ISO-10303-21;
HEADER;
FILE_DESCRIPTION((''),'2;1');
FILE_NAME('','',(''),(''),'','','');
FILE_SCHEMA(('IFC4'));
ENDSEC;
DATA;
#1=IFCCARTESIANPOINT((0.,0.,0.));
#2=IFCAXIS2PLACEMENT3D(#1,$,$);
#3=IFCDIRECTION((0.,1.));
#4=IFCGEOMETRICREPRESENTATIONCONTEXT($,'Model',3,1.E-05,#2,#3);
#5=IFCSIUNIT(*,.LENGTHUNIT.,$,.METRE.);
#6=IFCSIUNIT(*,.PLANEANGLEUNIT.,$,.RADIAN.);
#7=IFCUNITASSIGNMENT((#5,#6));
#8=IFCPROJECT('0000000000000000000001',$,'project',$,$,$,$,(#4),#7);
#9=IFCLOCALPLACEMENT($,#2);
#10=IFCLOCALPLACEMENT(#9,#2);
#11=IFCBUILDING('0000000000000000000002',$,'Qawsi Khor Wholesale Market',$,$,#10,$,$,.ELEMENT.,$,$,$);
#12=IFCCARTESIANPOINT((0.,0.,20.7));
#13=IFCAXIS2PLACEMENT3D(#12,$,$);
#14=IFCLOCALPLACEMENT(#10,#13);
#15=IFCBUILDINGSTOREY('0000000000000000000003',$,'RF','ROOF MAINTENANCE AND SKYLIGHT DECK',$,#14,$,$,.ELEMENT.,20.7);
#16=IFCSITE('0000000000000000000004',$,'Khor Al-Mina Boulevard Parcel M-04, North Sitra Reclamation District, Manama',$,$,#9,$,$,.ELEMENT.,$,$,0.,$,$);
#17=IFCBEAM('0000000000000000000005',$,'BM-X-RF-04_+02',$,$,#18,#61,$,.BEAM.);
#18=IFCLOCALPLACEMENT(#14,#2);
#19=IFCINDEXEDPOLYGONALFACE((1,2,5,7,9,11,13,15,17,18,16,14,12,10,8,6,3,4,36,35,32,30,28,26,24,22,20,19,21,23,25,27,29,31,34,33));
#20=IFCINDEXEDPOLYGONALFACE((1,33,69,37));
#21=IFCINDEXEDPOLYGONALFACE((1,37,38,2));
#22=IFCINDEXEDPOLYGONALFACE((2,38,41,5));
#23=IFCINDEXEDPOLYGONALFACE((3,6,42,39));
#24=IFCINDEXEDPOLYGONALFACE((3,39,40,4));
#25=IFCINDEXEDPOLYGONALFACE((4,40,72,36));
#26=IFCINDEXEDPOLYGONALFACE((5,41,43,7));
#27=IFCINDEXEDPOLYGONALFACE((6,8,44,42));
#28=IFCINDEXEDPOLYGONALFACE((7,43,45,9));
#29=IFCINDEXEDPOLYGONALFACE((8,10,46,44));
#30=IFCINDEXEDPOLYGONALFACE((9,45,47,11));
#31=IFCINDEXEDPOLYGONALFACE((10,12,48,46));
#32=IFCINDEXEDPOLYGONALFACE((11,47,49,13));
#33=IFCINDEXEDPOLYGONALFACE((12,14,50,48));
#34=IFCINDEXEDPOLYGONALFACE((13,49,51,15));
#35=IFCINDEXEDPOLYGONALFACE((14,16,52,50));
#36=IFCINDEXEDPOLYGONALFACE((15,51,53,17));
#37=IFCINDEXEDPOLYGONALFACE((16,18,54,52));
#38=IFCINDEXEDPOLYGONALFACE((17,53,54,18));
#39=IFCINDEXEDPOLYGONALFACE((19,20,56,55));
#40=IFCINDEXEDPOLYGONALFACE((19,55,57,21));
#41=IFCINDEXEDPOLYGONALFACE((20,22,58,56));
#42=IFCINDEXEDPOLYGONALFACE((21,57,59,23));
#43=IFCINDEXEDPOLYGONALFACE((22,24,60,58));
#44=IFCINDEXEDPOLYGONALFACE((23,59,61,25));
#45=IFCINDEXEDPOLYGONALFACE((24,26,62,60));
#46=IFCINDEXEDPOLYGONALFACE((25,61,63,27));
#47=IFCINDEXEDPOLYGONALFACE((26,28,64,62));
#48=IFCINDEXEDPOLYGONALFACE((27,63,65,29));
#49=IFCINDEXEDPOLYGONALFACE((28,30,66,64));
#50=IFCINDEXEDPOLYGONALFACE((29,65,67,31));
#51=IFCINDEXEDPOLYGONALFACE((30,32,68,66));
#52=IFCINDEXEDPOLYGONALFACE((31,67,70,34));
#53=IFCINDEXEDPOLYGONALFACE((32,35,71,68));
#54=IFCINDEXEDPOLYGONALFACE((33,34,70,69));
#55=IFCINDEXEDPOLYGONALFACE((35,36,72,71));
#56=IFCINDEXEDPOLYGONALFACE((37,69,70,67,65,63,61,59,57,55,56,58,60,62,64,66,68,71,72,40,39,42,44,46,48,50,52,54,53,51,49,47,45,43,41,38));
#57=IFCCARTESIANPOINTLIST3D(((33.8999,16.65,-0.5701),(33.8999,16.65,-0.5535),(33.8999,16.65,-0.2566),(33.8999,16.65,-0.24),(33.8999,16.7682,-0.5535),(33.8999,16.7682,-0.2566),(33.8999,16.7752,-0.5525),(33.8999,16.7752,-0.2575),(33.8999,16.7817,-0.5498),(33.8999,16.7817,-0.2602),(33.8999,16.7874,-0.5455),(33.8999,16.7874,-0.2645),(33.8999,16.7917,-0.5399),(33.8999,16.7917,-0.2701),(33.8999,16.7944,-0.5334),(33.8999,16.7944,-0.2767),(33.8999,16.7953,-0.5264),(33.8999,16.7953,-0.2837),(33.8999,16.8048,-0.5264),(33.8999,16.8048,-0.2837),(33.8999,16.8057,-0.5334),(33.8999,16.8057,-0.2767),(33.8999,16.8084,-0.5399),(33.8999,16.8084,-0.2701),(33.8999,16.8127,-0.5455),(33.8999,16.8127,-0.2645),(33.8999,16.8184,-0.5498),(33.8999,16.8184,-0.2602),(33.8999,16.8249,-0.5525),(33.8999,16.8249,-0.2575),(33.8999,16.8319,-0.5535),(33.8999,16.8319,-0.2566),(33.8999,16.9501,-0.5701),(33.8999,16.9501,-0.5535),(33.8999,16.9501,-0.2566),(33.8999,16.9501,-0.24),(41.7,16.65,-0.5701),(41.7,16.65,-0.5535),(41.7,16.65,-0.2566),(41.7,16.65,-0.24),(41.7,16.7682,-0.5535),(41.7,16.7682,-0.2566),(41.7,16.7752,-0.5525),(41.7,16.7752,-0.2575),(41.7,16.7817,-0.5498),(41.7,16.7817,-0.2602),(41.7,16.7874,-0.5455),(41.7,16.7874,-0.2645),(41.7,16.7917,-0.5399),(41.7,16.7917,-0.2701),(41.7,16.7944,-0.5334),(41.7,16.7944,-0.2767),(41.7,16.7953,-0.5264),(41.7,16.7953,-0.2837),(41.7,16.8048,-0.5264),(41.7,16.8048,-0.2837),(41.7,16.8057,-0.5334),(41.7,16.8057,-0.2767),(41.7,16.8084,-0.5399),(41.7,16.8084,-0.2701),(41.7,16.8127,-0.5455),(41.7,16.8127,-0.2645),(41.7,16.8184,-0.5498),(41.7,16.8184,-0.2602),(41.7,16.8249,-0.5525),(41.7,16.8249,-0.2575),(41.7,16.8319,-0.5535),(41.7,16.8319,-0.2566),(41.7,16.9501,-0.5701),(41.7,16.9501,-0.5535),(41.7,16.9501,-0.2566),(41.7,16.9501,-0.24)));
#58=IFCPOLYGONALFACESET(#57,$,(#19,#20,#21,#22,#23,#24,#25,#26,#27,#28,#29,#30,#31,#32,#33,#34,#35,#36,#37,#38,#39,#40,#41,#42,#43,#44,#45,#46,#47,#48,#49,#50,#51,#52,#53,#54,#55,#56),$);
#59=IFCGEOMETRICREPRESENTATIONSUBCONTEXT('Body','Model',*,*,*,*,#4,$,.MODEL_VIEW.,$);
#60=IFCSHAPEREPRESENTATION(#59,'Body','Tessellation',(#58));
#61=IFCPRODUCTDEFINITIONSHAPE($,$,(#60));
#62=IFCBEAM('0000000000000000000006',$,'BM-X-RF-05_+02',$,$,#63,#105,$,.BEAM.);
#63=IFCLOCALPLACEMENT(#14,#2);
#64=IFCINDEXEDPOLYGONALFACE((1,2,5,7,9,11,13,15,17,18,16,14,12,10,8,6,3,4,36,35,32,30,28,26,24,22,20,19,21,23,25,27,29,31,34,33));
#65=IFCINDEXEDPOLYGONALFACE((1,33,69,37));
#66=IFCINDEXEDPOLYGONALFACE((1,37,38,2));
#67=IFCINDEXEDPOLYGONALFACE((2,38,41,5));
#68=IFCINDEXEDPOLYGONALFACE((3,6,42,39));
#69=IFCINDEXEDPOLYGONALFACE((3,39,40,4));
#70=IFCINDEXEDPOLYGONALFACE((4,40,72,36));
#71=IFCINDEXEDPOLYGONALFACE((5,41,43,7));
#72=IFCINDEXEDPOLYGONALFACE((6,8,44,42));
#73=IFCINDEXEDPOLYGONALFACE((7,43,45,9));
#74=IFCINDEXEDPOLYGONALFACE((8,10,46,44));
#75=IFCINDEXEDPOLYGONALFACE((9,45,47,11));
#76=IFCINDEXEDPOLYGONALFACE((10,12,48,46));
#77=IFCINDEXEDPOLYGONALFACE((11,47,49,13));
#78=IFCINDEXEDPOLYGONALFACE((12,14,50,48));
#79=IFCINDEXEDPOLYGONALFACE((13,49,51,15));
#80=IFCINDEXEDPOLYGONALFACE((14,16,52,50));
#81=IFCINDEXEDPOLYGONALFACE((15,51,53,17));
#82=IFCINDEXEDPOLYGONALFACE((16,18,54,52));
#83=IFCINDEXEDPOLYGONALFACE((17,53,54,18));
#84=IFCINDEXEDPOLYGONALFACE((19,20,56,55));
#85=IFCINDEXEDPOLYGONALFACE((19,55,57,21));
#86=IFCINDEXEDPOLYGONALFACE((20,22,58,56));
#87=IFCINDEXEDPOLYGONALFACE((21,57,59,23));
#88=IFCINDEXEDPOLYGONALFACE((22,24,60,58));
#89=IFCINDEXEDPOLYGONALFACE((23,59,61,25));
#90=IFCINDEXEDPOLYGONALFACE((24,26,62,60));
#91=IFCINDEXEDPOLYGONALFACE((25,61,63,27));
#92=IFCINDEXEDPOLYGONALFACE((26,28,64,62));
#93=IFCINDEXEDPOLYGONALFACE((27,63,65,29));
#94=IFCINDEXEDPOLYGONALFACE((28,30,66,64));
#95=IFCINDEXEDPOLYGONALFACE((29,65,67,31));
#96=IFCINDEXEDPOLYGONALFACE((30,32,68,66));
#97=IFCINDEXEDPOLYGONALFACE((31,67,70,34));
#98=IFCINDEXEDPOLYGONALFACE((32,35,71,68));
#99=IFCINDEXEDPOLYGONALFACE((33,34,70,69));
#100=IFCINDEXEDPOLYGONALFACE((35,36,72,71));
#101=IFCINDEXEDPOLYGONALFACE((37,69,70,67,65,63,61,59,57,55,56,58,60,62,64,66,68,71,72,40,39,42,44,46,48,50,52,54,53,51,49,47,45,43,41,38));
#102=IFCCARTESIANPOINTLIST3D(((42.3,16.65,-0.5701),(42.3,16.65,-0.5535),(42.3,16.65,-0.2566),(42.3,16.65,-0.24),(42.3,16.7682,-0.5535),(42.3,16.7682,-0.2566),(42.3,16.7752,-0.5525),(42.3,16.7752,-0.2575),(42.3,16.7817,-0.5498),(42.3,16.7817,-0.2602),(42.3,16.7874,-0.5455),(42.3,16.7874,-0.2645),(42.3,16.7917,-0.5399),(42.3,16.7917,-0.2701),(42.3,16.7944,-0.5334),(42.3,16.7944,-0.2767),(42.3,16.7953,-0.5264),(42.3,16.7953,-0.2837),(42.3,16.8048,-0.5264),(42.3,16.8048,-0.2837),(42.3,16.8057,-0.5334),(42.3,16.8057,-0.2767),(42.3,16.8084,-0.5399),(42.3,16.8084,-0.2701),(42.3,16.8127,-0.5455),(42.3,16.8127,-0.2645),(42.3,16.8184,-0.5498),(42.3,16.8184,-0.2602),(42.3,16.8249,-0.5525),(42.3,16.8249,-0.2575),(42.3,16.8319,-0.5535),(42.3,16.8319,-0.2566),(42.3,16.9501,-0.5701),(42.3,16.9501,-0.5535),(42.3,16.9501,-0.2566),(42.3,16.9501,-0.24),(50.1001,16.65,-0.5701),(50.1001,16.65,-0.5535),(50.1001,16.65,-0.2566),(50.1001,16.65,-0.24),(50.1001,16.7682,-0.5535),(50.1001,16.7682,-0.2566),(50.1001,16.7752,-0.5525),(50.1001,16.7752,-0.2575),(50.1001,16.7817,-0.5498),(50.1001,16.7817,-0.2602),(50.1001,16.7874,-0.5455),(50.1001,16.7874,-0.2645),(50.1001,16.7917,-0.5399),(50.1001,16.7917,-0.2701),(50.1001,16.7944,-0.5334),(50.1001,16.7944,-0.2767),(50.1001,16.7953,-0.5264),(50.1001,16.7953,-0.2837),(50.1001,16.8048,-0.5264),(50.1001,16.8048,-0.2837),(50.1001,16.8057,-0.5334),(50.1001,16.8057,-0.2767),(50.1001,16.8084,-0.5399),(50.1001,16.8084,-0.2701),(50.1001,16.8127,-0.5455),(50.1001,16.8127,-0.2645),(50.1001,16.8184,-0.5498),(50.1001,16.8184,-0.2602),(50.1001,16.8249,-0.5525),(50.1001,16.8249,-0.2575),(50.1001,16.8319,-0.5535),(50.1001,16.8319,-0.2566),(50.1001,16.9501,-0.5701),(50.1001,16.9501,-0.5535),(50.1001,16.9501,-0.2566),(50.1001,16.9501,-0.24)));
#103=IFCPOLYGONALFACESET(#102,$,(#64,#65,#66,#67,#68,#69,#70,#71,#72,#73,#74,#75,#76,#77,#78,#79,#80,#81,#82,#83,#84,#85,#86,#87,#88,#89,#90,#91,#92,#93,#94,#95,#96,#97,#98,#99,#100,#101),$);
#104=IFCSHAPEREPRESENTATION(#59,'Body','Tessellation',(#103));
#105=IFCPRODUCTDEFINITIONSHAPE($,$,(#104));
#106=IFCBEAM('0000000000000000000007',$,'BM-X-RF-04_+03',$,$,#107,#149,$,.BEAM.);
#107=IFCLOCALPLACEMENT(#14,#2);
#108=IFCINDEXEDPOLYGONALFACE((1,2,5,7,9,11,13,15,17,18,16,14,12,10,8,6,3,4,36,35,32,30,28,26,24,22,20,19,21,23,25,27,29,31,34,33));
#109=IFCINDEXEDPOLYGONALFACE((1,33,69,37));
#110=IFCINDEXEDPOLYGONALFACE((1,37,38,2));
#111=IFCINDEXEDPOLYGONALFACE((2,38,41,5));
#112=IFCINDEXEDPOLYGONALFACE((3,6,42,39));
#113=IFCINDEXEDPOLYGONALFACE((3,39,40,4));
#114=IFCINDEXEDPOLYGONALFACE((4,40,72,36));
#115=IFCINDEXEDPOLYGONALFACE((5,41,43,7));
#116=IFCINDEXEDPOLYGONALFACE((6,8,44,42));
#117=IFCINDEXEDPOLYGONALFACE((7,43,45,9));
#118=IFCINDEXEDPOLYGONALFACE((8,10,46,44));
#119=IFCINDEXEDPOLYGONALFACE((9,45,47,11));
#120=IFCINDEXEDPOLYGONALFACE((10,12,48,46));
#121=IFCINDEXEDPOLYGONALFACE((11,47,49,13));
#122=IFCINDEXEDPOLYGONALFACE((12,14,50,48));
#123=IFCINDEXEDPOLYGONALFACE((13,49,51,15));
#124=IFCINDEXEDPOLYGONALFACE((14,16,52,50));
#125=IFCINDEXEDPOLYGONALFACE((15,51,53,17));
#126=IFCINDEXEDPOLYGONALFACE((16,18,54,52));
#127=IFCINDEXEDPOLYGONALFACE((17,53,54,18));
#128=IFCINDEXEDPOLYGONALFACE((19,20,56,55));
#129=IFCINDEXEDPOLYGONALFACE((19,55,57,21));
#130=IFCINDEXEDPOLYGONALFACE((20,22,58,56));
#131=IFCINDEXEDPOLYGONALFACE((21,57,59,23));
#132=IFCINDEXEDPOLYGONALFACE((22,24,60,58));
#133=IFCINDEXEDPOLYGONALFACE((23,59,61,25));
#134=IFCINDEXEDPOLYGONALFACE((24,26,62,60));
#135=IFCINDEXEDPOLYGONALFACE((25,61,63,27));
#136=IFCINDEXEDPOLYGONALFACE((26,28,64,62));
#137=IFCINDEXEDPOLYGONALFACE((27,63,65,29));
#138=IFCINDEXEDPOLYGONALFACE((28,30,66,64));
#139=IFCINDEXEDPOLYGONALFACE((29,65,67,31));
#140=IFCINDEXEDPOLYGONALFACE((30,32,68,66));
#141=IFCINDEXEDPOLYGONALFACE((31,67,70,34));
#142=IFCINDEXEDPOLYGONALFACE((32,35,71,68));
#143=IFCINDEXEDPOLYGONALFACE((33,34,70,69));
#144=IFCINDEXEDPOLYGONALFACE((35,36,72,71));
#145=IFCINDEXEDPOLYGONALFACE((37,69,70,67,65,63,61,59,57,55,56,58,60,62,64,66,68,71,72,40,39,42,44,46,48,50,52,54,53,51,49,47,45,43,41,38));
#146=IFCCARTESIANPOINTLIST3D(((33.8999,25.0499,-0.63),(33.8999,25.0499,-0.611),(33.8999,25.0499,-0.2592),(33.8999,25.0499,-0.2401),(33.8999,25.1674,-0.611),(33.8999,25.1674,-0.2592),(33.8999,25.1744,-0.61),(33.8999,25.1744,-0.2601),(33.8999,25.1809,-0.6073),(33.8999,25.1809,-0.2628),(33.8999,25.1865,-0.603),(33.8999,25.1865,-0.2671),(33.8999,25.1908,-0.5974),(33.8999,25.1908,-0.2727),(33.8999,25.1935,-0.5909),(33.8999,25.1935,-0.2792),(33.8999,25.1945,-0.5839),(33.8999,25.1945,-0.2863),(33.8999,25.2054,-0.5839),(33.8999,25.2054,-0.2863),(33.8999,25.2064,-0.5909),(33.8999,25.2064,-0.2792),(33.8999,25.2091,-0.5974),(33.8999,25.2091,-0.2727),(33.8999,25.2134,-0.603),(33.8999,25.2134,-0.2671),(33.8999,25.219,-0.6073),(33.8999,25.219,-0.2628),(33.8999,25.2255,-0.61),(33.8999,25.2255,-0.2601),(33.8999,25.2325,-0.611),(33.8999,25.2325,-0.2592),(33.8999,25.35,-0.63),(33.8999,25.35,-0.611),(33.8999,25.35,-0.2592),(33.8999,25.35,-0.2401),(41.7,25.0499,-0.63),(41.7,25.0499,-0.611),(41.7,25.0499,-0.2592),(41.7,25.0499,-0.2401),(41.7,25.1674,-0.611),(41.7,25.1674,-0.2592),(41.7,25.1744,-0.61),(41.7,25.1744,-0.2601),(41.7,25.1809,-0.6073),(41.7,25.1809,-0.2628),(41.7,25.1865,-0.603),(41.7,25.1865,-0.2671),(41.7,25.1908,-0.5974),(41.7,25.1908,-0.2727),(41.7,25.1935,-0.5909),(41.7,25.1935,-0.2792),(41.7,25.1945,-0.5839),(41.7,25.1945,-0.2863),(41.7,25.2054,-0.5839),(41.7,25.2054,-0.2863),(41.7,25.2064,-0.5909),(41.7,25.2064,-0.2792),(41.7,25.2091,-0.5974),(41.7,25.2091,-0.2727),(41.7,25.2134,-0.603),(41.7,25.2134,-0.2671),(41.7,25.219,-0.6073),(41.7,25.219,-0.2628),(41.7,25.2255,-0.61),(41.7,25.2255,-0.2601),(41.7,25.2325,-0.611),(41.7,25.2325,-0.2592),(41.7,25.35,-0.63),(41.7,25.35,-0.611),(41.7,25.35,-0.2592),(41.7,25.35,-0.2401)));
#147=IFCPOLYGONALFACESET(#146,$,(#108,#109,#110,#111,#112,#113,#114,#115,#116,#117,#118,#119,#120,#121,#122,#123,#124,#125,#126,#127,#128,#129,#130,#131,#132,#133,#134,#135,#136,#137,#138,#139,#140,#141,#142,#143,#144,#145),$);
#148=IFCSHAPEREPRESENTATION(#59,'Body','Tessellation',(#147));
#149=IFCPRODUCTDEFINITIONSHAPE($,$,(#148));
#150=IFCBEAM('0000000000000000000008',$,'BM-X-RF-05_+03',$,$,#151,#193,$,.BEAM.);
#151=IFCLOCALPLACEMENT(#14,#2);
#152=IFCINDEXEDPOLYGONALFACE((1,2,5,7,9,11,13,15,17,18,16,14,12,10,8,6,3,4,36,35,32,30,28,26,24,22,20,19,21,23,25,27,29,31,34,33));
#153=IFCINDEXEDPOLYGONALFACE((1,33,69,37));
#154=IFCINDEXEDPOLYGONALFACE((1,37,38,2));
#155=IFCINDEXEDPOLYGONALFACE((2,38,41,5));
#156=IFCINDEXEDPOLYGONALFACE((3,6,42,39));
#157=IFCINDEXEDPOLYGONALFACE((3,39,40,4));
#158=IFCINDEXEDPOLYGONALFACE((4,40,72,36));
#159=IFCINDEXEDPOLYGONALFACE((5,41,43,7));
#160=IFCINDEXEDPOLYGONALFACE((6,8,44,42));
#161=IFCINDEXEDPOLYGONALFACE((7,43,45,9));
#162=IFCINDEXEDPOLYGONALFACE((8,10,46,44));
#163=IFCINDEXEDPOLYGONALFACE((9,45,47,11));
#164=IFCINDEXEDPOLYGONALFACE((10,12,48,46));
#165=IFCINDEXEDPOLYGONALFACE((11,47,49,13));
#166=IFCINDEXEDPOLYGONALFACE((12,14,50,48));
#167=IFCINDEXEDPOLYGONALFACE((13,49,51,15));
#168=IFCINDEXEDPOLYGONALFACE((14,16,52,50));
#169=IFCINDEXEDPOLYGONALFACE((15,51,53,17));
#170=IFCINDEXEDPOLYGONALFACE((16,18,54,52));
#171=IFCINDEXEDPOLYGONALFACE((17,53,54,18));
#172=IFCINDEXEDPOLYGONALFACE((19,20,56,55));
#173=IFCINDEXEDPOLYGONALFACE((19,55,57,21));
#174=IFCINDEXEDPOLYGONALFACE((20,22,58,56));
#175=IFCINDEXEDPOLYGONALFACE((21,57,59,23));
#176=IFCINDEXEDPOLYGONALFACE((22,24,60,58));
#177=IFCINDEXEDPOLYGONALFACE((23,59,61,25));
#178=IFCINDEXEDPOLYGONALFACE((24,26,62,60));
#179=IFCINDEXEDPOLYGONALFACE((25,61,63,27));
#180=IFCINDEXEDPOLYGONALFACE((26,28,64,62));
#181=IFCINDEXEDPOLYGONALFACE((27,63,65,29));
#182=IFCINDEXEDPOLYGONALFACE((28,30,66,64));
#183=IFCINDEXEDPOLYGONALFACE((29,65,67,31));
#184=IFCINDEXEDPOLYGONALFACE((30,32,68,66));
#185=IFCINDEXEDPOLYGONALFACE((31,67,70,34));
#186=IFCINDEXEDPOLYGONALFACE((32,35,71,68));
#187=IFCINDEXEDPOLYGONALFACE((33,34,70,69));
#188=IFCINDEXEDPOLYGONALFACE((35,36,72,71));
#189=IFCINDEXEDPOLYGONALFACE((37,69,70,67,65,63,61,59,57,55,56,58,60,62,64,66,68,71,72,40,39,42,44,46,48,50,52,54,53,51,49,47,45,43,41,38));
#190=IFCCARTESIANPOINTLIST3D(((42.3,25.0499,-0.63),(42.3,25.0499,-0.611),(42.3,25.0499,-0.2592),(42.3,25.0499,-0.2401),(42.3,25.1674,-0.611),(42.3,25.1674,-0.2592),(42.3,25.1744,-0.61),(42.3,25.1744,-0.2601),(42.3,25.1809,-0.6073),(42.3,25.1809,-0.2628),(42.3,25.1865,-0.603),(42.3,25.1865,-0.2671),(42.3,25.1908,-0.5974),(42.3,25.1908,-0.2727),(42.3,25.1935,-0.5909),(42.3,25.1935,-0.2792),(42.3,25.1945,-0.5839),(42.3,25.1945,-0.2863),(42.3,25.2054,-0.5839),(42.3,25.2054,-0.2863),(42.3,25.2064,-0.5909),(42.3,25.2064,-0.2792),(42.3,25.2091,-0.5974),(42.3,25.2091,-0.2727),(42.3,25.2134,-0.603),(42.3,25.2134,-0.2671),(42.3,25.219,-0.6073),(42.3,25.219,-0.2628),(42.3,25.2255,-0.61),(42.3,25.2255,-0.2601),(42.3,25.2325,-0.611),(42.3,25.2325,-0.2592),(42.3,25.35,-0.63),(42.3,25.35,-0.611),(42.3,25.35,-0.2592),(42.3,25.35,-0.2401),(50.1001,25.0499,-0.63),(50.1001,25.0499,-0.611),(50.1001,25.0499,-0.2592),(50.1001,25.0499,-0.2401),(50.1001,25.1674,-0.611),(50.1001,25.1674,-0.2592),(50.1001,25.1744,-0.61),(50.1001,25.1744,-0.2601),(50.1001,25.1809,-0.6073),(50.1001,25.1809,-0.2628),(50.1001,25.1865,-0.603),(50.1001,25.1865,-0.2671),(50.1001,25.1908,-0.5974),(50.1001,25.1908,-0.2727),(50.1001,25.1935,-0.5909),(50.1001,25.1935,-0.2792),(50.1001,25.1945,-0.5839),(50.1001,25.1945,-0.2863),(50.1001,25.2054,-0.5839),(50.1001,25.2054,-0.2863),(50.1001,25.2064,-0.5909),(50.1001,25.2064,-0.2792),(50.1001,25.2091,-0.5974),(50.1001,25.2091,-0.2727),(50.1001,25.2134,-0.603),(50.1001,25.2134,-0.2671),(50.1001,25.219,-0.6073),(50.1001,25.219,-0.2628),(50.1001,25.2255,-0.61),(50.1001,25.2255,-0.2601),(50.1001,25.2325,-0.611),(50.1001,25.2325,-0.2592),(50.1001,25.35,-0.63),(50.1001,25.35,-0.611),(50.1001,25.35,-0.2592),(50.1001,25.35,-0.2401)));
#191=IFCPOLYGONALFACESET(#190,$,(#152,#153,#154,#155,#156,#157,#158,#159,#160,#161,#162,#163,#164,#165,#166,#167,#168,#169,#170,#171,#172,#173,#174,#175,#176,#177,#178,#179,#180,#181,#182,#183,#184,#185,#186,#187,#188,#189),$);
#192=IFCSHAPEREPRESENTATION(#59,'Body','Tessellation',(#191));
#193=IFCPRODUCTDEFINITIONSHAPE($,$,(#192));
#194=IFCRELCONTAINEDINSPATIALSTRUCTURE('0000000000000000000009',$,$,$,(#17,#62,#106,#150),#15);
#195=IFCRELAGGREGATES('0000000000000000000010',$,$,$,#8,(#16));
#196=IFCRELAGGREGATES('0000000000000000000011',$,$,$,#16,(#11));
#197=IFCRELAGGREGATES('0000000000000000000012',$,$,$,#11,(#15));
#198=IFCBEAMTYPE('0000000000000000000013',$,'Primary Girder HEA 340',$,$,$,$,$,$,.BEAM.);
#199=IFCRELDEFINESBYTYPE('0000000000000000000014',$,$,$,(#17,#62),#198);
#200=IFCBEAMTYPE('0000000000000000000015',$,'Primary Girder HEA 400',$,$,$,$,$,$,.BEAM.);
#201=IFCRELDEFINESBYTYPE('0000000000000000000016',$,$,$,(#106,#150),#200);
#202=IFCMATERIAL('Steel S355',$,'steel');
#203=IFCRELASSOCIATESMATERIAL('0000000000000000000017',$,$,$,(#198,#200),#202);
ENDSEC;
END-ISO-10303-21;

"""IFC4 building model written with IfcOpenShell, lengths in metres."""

from ifc_helpers import new_model, si_unit, direction, frame, origin, origin_2d, place, context, subcontext, project, spatial, i_section, extrude, material, material_profile, profile_set, type_object, element, save


model = new_model("IFC4")

# Units and contexts
model_context = context("Model", 3, precision=1e-05, world=origin(), true_north=direction((0.0, 1.0)))
body_context = subcontext(model_context, "Body", "Model", "MODEL_VIEW")
ifc_project = project(units=[si_unit("LENGTHUNIT", "METRE"), si_unit("PLANEANGLEUNIT", "RADIAN")], contexts=[model_context])

# Site, building, storey
site_placement = place(None, origin())
site = spatial("IfcSite", under=ifc_project, at=site_placement, Name="Khor Al-Mina Boulevard Parcel M-04, North Sitra Reclamation District, Manama", CompositionType="ELEMENT", RefElevation=0.0)
building_placement = place(site_placement, origin())
building = spatial("IfcBuilding", under=site, at=building_placement, Name="Qawsi Khor Wholesale Market", CompositionType="ELEMENT")
storey_placement = place(building_placement, frame((0.0, 0.0, 20.7)))
storey = spatial("IfcBuildingStorey", under=building, at=storey_placement, Name="RF", Description="ROOF MAINTENANCE AND SKYLIGHT DECK", CompositionType="ELEMENT", Elevation=20.7)

# Shared definitions
ifc_material_1 = material(Name="Steel S355", Category="steel")

# Beams
ifc_material_profile_1 = material_profile(ifc_material_1, i_section(OverallWidth=0.3, OverallDepth=0.3301, WebThickness=0.0095, FlangeThickness=0.0166, FilletRadius=0.0271, at=origin_2d()), Name="HEA 340")
ifc_profile_set_1 = profile_set([ifc_material_profile_1], Name="Steel S355")
beam_type_1 = type_object("IfcBeamType", Name="Primary Girder HEA 340", PredefinedType="BEAM", material=ifc_profile_set_1)
for number, where, z_axis, x_axis, name in (
    (1, (33.8999, 16.8, -0.405), (1.0, 0.0, 0.0), (0.0, 1.0, 0.0), "BM-X-RF-04_+02"),
    (2, (42.3, 16.8, -0.405), (1.0, 0.0, 0.0), (0.0, 1.0, 0.0), "BM-X-RF-05_+02"),
):
    element("IfcBeam", number, at=place(storey_placement, frame(where, z_axis=z_axis, x_axis=x_axis)), inside=storey, type_object=beam_type_1, Name=name, PredefinedType="BEAM", context=body_context, shape_type="SweptSolid", body=[
        extrude(i_section(OverallWidth=0.3, OverallDepth=0.3301, WebThickness=0.0095, FlangeThickness=0.0166, FilletRadius=0.0271, at=origin_2d()), origin(), (0.0, 0.0, 1.0), 7.8),
    ])
ifc_material_profile_2 = material_profile(ifc_material_1, i_section(OverallWidth=0.3, OverallDepth=0.3899, WebThickness=0.011, FlangeThickness=0.019, FilletRadius=0.0271, at=origin_2d()), Name="HEA 400")
ifc_profile_set_2 = profile_set([ifc_material_profile_2], Name="Steel S355")
beam_type_2 = type_object("IfcBeamType", Name="Primary Girder HEA 400", PredefinedType="BEAM", material=ifc_profile_set_2)
for number, where, z_axis, x_axis, name in (
    (3, (33.8999, 25.2, -0.4351), (1.0, 0.0, 0.0), (0.0, 1.0, 0.0), "BM-X-RF-04_+03"),
    (4, (42.3, 25.2, -0.4351), (1.0, 0.0, 0.0), (0.0, 1.0, 0.0), "BM-X-RF-05_+03"),
):
    element("IfcBeam", number, at=place(storey_placement, frame(where, z_axis=z_axis, x_axis=x_axis)), inside=storey, type_object=beam_type_2, Name=name, PredefinedType="BEAM", context=body_context, shape_type="SweptSolid", body=[
        extrude(i_section(OverallWidth=0.3, OverallDepth=0.3899, WebThickness=0.011, FlangeThickness=0.019, FilletRadius=0.0271, at=origin_2d()), origin(), (0.0, 0.0, 1.0), 7.8),
    ])

save(model, "model.ifc")
